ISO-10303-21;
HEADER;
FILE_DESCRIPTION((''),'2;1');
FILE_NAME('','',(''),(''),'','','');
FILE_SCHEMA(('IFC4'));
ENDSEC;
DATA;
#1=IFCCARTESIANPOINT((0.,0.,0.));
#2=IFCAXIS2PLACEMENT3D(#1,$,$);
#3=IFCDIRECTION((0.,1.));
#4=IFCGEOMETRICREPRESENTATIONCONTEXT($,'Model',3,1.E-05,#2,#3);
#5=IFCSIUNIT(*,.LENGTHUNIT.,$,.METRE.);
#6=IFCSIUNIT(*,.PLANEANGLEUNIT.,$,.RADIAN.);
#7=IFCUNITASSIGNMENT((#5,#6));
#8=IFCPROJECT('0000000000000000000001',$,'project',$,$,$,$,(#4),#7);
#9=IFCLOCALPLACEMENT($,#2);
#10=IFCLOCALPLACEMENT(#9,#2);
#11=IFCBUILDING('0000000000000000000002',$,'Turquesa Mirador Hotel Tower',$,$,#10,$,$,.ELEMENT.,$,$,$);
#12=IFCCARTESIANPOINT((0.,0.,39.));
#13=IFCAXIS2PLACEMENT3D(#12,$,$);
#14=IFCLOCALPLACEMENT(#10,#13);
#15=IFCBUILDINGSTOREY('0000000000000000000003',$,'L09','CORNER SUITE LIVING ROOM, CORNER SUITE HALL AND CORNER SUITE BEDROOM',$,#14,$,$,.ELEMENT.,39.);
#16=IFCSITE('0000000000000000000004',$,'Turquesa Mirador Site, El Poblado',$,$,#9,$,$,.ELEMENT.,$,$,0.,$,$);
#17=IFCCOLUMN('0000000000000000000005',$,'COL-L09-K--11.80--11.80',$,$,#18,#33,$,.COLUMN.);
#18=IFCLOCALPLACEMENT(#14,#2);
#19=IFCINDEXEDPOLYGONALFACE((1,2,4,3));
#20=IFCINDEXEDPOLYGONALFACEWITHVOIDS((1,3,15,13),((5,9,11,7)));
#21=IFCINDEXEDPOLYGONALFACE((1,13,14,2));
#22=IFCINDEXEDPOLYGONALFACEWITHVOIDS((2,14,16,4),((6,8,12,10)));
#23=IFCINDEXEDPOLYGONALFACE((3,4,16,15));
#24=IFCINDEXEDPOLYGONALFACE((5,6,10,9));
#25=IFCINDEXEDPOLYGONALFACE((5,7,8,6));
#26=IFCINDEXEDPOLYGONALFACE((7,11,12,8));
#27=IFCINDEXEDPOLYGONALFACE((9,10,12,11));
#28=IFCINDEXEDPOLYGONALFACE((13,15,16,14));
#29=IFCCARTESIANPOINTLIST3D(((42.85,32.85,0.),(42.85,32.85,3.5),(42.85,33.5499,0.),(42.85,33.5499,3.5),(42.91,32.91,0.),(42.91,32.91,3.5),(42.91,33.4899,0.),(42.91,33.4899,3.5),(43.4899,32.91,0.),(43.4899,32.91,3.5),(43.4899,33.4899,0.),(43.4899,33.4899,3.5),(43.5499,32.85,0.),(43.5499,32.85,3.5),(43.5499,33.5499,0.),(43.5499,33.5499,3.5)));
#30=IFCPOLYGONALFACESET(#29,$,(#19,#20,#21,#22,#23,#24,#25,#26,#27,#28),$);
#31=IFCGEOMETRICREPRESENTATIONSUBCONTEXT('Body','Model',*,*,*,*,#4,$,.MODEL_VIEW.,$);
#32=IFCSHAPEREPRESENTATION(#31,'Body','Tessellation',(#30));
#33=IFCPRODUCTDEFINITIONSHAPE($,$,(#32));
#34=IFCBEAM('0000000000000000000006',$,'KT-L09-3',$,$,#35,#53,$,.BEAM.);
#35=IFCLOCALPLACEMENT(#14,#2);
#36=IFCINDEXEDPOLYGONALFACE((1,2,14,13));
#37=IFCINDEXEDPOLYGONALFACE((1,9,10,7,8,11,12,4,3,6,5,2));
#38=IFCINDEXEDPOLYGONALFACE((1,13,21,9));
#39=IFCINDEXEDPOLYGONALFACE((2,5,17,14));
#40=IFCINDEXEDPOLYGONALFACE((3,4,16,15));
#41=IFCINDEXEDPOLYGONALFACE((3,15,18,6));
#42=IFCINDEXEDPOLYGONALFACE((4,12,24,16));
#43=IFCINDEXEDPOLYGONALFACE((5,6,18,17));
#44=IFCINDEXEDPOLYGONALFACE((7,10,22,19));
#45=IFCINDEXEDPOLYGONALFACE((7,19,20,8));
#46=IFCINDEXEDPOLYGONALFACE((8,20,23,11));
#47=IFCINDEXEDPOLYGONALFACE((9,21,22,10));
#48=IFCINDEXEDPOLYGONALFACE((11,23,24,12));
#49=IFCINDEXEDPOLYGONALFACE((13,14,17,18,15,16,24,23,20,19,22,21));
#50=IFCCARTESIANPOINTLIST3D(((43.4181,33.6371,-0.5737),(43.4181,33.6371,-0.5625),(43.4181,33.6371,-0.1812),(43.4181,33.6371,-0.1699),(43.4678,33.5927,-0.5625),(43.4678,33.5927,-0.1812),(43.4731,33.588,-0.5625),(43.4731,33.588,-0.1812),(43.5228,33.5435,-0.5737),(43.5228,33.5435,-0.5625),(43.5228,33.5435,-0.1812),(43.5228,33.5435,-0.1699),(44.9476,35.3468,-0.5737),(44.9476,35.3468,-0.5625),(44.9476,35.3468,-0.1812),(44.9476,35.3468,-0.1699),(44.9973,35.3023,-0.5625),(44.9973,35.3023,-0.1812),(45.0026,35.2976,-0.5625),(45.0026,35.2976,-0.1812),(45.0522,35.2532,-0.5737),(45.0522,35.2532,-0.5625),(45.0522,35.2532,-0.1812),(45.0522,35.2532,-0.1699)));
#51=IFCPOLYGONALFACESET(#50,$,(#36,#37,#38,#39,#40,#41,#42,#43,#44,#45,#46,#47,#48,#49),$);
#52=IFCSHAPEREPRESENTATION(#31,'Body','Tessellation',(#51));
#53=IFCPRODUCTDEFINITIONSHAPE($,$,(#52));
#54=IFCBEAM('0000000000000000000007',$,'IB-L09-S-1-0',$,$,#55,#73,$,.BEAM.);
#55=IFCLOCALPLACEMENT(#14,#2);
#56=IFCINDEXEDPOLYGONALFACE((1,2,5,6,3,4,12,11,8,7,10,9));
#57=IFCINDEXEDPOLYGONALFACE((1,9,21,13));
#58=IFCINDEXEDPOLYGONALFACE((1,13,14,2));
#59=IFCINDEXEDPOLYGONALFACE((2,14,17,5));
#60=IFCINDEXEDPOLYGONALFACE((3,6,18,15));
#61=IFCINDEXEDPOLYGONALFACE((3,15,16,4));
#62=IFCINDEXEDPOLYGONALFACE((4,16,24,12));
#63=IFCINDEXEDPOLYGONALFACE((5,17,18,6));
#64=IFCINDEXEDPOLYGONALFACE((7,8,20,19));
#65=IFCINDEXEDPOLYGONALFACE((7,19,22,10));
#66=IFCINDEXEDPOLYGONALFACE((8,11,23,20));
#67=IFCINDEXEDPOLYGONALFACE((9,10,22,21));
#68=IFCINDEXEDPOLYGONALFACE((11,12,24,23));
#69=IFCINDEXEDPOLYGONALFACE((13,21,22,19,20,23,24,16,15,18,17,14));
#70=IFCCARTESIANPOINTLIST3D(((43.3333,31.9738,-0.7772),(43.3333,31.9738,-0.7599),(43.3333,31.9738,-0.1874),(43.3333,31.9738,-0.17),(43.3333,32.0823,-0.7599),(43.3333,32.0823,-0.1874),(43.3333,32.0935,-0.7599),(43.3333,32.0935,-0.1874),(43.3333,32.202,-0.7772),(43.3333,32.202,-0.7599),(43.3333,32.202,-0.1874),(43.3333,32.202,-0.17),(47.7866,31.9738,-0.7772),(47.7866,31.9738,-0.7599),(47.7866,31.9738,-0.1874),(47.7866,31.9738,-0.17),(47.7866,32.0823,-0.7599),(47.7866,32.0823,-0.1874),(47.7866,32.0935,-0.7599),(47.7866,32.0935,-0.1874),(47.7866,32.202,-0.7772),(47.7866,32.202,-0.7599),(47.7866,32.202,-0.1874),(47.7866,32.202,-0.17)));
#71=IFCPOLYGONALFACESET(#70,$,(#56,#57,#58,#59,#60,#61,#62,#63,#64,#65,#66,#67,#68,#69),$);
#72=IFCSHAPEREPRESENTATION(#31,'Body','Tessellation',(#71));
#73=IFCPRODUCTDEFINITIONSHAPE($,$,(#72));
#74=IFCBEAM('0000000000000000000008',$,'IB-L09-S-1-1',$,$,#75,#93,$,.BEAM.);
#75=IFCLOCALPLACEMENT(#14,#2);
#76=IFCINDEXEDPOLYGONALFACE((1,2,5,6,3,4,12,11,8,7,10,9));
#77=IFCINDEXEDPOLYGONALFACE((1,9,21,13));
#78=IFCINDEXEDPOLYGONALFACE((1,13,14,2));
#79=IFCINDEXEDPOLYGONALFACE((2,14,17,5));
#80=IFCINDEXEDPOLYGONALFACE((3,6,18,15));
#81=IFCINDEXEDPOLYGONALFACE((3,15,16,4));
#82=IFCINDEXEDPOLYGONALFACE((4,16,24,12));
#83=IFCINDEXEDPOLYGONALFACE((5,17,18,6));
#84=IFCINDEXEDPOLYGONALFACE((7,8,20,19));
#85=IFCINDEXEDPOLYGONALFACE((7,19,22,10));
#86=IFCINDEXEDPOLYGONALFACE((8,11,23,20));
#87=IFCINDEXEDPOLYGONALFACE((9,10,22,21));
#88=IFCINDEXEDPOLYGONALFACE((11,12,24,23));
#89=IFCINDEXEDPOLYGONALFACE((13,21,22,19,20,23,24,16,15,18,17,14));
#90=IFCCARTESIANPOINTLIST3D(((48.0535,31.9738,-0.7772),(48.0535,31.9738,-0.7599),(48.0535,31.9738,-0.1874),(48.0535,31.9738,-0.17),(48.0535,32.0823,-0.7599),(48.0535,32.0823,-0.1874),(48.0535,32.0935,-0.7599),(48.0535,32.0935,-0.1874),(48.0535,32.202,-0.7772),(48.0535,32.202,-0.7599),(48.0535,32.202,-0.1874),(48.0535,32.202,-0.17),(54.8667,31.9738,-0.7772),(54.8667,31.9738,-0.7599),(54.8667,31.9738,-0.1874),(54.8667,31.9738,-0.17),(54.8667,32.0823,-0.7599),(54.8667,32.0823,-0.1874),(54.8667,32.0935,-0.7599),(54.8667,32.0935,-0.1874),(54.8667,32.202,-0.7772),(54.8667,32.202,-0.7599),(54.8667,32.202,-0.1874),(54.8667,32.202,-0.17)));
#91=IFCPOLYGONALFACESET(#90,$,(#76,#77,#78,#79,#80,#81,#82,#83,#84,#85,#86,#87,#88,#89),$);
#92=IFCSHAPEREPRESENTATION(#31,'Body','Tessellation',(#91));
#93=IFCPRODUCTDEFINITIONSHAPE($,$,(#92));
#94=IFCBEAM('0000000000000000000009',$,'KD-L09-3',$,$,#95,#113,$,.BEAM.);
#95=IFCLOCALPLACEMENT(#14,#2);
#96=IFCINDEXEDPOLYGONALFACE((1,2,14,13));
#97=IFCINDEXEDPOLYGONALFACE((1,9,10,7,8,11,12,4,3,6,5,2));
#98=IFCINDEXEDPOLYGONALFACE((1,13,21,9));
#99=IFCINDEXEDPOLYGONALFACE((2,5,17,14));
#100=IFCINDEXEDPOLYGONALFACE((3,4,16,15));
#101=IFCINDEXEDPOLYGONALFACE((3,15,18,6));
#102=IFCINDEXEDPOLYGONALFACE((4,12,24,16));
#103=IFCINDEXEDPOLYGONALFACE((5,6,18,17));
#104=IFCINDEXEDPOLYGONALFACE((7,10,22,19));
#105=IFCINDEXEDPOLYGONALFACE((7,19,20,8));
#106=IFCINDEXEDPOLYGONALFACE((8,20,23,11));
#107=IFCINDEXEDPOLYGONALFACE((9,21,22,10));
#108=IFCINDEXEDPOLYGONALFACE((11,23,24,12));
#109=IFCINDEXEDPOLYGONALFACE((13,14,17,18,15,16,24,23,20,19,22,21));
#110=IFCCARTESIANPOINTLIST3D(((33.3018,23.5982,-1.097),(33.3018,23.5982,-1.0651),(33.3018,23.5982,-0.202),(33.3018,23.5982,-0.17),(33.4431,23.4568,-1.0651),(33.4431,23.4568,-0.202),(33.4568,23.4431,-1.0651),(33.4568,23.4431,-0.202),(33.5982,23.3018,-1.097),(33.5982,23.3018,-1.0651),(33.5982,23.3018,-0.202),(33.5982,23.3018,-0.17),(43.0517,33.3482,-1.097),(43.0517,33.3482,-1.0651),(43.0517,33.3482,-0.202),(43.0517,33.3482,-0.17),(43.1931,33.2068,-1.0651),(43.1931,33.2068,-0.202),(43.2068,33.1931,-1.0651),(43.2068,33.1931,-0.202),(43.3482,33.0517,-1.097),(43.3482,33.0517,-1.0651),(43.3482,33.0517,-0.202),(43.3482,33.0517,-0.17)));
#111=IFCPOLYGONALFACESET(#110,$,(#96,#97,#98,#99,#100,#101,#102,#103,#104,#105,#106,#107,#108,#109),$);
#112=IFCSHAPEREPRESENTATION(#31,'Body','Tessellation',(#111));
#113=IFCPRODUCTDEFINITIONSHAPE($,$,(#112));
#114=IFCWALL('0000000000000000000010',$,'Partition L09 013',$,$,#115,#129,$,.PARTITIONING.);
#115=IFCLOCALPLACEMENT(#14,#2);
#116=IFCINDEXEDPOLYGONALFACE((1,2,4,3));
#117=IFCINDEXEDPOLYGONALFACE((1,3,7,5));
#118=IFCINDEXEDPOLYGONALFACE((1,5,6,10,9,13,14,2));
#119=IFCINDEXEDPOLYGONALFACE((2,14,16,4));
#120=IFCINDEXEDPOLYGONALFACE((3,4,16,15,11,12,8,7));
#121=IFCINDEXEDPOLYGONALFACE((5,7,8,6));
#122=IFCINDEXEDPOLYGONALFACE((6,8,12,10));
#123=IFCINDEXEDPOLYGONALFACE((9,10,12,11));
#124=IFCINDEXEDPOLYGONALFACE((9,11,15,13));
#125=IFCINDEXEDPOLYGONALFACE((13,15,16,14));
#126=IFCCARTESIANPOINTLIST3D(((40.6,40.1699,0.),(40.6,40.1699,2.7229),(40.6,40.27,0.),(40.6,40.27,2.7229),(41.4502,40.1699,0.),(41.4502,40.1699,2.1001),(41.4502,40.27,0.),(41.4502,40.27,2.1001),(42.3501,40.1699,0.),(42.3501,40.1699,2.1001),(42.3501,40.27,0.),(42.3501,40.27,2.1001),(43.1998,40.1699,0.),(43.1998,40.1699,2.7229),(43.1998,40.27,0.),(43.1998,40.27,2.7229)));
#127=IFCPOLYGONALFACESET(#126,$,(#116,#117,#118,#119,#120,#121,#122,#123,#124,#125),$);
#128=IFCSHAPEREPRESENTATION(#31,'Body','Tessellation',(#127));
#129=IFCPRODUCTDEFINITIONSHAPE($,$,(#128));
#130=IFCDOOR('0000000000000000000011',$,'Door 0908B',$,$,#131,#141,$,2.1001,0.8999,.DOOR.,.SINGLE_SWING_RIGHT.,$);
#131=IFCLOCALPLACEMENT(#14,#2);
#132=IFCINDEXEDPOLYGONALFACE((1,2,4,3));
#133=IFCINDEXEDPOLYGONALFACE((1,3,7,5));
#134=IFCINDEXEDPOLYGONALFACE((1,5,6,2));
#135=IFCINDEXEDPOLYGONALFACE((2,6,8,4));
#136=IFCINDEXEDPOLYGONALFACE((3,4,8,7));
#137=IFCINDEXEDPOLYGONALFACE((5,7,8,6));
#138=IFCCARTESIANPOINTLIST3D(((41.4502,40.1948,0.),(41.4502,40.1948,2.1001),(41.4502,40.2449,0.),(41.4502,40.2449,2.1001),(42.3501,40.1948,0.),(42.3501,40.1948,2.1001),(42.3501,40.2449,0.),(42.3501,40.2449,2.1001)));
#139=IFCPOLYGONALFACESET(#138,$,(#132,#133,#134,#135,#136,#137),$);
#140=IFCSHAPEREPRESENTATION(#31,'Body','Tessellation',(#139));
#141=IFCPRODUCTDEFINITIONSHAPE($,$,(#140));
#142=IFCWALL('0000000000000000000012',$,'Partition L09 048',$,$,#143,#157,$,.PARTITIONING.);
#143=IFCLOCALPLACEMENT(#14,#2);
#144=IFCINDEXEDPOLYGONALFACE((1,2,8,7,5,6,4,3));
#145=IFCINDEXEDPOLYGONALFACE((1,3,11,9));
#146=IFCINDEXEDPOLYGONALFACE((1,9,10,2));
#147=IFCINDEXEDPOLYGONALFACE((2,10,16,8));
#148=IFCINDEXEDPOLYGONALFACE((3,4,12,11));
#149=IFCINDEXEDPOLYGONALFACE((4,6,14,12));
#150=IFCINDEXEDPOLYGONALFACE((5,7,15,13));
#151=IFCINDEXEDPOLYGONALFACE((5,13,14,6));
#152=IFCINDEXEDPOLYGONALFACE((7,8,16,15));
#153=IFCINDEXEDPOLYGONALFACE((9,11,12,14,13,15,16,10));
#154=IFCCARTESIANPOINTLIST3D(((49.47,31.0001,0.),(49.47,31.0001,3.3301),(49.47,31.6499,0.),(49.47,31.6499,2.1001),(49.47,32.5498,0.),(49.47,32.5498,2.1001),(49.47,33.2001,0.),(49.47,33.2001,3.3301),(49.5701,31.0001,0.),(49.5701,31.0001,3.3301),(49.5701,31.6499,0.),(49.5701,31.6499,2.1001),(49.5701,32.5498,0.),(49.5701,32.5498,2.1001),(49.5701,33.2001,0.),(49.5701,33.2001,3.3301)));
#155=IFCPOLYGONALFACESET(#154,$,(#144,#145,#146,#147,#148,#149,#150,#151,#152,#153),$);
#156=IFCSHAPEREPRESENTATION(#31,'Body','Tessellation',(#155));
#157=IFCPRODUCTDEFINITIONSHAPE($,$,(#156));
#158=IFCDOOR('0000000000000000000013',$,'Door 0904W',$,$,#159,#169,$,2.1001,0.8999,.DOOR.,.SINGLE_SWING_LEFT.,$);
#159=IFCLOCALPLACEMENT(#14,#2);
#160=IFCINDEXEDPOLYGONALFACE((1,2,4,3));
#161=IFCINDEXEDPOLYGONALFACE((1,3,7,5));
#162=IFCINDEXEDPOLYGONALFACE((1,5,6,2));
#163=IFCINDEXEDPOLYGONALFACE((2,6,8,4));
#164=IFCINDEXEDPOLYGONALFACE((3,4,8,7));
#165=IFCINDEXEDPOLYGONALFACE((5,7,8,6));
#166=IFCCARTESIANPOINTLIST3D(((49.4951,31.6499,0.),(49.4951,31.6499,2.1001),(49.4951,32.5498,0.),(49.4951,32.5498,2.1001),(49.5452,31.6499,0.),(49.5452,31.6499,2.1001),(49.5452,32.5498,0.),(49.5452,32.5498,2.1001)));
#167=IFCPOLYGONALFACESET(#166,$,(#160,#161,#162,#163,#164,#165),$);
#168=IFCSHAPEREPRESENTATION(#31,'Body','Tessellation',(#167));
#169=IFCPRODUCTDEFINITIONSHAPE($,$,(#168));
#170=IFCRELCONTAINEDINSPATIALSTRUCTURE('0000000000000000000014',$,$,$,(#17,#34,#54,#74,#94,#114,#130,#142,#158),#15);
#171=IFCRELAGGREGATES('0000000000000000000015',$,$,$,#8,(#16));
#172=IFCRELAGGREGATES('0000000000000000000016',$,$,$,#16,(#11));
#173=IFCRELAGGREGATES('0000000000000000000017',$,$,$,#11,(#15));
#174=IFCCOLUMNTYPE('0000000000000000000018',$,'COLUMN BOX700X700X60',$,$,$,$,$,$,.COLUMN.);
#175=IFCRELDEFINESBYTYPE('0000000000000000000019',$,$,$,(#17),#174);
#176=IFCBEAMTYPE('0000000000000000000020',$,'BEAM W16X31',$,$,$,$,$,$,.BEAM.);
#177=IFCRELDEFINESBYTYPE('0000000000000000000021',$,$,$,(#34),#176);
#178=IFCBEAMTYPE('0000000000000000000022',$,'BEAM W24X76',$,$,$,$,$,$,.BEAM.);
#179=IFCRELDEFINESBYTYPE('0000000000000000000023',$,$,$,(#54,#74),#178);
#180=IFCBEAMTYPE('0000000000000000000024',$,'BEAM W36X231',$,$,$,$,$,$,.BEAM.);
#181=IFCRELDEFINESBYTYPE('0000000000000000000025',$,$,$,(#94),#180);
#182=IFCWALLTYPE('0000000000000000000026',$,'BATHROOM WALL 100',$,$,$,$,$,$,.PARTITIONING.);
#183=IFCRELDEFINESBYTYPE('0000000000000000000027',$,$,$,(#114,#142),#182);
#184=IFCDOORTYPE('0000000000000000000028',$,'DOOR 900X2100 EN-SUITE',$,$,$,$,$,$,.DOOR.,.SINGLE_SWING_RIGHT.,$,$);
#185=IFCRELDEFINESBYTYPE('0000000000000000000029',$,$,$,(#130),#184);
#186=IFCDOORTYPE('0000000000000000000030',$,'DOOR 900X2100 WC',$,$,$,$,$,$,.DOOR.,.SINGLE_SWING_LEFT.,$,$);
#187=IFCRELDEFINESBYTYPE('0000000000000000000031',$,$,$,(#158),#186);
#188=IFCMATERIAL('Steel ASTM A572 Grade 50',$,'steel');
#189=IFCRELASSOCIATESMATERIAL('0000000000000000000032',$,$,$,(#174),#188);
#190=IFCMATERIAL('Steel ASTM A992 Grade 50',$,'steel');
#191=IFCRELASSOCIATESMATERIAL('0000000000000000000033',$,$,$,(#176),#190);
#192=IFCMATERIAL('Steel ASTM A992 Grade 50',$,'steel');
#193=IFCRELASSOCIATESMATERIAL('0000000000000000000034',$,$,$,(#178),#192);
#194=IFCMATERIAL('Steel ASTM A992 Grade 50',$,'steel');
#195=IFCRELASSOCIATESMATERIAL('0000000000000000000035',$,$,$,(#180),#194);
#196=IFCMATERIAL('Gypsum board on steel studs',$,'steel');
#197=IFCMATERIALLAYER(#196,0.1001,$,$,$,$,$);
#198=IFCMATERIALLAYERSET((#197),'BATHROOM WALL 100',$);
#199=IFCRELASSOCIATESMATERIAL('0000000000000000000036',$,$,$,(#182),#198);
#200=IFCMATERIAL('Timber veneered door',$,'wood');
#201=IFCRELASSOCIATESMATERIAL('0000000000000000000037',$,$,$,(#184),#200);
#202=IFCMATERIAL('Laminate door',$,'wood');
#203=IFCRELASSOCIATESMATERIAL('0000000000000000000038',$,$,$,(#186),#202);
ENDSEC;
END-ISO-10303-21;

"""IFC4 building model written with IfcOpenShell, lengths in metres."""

from ifc_helpers import new_model, si_unit, direction, frame, frame_2d, origin, origin_2d, place, context, subcontext, project, spatial, rectangle, hollow_rectangle, i_section, extrude, material, layer, layer_set, material_profile, profile_set, type_object, element, fill, save


model = new_model("IFC4")

# Units and contexts
model_context = context("Model", 3, precision=1e-05, world=origin(), true_north=direction((0.0, 1.0)))
body_context = subcontext(model_context, "Body", "Model", "MODEL_VIEW")
ifc_project = project(units=[si_unit("LENGTHUNIT", "METRE"), si_unit("PLANEANGLEUNIT", "RADIAN")], contexts=[model_context])

# Site, building, storey
site_placement = place(None, origin())
site = spatial("IfcSite", under=ifc_project, at=site_placement, Name="Turquesa Mirador Site, El Poblado", CompositionType="ELEMENT", RefElevation=0.0)
building_placement = place(site_placement, origin())
building = spatial("IfcBuilding", under=site, at=building_placement, Name="Turquesa Mirador Hotel Tower", CompositionType="ELEMENT")
storey_placement = place(building_placement, frame((0.0, 0.0, 39.0)))
storey = spatial("IfcBuildingStorey", under=building, at=storey_placement, Name="L09", Description="CORNER SUITE LIVING ROOM, CORNER SUITE HALL AND CORNER SUITE BEDROOM", CompositionType="ELEMENT", Elevation=39.0)

# Column
ifc_material_1 = material(Name="Steel ASTM A572 Grade 50", Category="steel")
ifc_material_profile_1 = material_profile(ifc_material_1, hollow_rectangle(XDim=0.7, YDim=0.7, WallThickness=0.0601, at=origin_2d()), Name="BOX700X700X60")
ifc_profile_set_1 = profile_set([ifc_material_profile_1], Name="Steel ASTM A572 Grade 50")
column_type = type_object("IfcColumnType", Name="COLUMN BOX700X700X60", PredefinedType="COLUMN", material=ifc_profile_set_1)
column_placement = place(storey_placement, frame((43.2, 33.2, 0.0), z_axis=(0.0, 0.0, 1.0), x_axis=(1.0, 0.0, 0.0)))
element("IfcColumn", 1, at=column_placement, inside=storey, type_object=column_type, Name="COL-L09-K--11.80--11.80", PredefinedType="COLUMN", context=body_context, shape_type="SweptSolid", body=[
    extrude(hollow_rectangle(XDim=0.7, YDim=0.7, WallThickness=0.0601, at=origin_2d()), origin(), (0.0, 0.0, 1.0), 3.5),
])

# Beams
ifc_material_2 = material(Name="Steel ASTM A992 Grade 50", Category="steel")
ifc_material_profile_2 = material_profile(ifc_material_2, i_section(OverallWidth=0.1404, OverallDepth=0.4038, WebThickness=0.0071, FlangeThickness=0.0112, at=origin_2d()), Name="W16X31")
ifc_profile_set_2 = profile_set([ifc_material_profile_2], Name="Steel ASTM A992 Grade 50")
beam_type_1 = type_object("IfcBeamType", Name="BEAM W16X31", PredefinedType="BEAM", material=ifc_profile_set_2)
beam_1_placement = place(storey_placement, frame((43.4705, 33.5903, -0.3718), z_axis=(0.666745, 0.745286, 0.0), x_axis=(-0.745286, 0.666745, 0.0)))
element("IfcBeam", 2, at=beam_1_placement, inside=storey, type_object=beam_type_1, Name="KT-L09-3", PredefinedType="BEAM", context=body_context, shape_type="SweptSolid", body=[
    extrude(i_section(OverallWidth=0.1404, OverallDepth=0.4038, WebThickness=0.0071, FlangeThickness=0.0112, at=origin_2d()), origin(), (0.0, 0.0, 1.0), 2.2939),
])
ifc_material_3 = material(Name="Steel ASTM A992 Grade 50", Category="steel")
ifc_material_profile_3 = material_profile(ifc_material_3, i_section(OverallWidth=0.2283, OverallDepth=0.6072, WebThickness=0.0112, FlangeThickness=0.0173, at=origin_2d()), Name="W24X76")
ifc_profile_set_3 = profile_set([ifc_material_profile_3], Name="Steel ASTM A992 Grade 50")
beam_type_2 = type_object("IfcBeamType", Name="BEAM W24X76", PredefinedType="BEAM", material=ifc_profile_set_3)
beam_2_placement = place(storey_placement, frame((43.3333, 32.0879, -0.4736), z_axis=(1.0, 0.0, 0.0), x_axis=(0.0, 1.0, 0.0)))
element("IfcBeam", 3, at=beam_2_placement, inside=storey, type_object=beam_type_2, Name="IB-L09-S-1-0", PredefinedType="BEAM", context=body_context, shape_type="SweptSolid", body=[
    extrude(i_section(OverallWidth=0.2283, OverallDepth=0.6072, WebThickness=0.0112, FlangeThickness=0.0173, at=origin_2d()), origin(), (0.0, 0.0, 1.0), 4.4534),
])
beam_3_placement = place(storey_placement, frame((48.0535, 32.0879, -0.4736), z_axis=(1.0, 0.0, 0.0), x_axis=(0.0, 1.0, 0.0)))
element("IfcBeam", 4, at=beam_3_placement, inside=storey, type_object=beam_type_2, Name="IB-L09-S-1-1", PredefinedType="BEAM", context=body_context, shape_type="SweptSolid", body=[
    extrude(i_section(OverallWidth=0.2283, OverallDepth=0.6072, WebThickness=0.0112, FlangeThickness=0.0173, at=origin_2d()), origin(), (0.0, 0.0, 1.0), 6.8132),
])
ifc_material_4 = material(Name="Steel ASTM A992 Grade 50", Category="steel")
ifc_material_profile_4 = material_profile(ifc_material_4, i_section(OverallWidth=0.4192, OverallDepth=0.927, WebThickness=0.0193, FlangeThickness=0.032, at=origin_2d()), Name="W36X231")
ifc_profile_set_4 = profile_set([ifc_material_profile_4], Name="Steel ASTM A992 Grade 50")
beam_type_3 = type_object("IfcBeamType", Name="BEAM W36X231", PredefinedType="BEAM", material=ifc_profile_set_4)
beam_4_placement = place(storey_placement, frame((43.2, 33.2, -0.6335), z_axis=(-0.707107, -0.707107, 0.0), x_axis=(0.707107, -0.707107, 0.0)))
element("IfcBeam", 5, at=beam_4_placement, inside=storey, type_object=beam_type_3, Name="KD-L09-3", PredefinedType="BEAM", context=body_context, shape_type="SweptSolid", body=[
    extrude(i_section(OverallWidth=0.4192, OverallDepth=0.927, WebThickness=0.0193, FlangeThickness=0.032, at=origin_2d()), origin(), (0.0, 0.0, 1.0), 13.7886),
])

# Walls, openings, doors
ifc_material_5 = material(Name="Gypsum board on steel studs", Category="steel")
ifc_layer_1 = layer(ifc_material_5, 0.1001)
ifc_layer_set_1 = layer_set([ifc_layer_1], Name="BATHROOM WALL 100")
wall_type_1 = type_object("IfcWallType", Name="BATHROOM WALL 100", PredefinedType="PARTITIONING", material=ifc_layer_set_1)
wall_1_placement = place(storey_placement, frame((40.6001, 40.22, 0.0), z_axis=(0.0, 0.0, 1.0), x_axis=(1.0, 0.0, 0.0)))
wall_1 = element("IfcWall", 6, at=wall_1_placement, inside=storey, type_object=wall_type_1, Name="Partition L09 013", PredefinedType="PARTITIONING", context=body_context, shape_type="SweptSolid", body=[
    extrude(rectangle(XDim=2.5999, YDim=0.1001, at=frame_2d((1.2998, 0.0))), origin(), (0.0, 0.0, 1.0), 2.7229),
])
opening_1_placement = place(wall_1_placement, frame((0.8501, 0.0, 0.0)))
opening_1 = element("IfcOpeningElement", 7, at=opening_1_placement, cuts=wall_1, PredefinedType="OPENING", context=body_context, shape_type="SweptSolid", body=[
    extrude(rectangle(XDim=0.8999, YDim=2.1001, at=frame_2d((0.45, 1.05))), frame((0.0, 0.0601, 0.0), z_axis=(0.0, -1.0, 0.0), x_axis=(1.0, 0.0, 0.0)), (0.0, 0.0, 1.0), 0.1201),
])
ifc_material_6 = material(Name="Timber veneered door", Category="wood")
door_type_1 = type_object("IfcDoorType", Name="DOOR 900X2100 EN-SUITE", OperationType="SINGLE_SWING_RIGHT", PredefinedType="DOOR", material=ifc_material_6)
door_1_placement = place(opening_1_placement, origin())
door_1 = element("IfcDoor", 8, at=door_1_placement, inside=storey, type_object=door_type_1, Name="Door 0908B", OperationType="SINGLE_SWING_RIGHT", OverallHeight=2.1001, OverallWidth=0.8999, PredefinedType="DOOR", context=body_context, shape_type="SweptSolid", body=[
    extrude(rectangle(XDim=0.8999, YDim=2.1001, at=frame_2d((0.45, 1.05))), frame((0.0, 0.0249, 0.0), z_axis=(0.0, -1.0, 0.0), x_axis=(1.0, 0.0, 0.0)), (0.0, 0.0, 1.0), 0.05),
])
fill(opening_1, door_1)
wall_2_placement = place(storey_placement, frame((49.52, 31.0, 0.0), z_axis=(0.0, 0.0, 1.0), x_axis=(0.0, 1.0, 0.0)))
wall_2 = element("IfcWall", 9, at=wall_2_placement, inside=storey, type_object=wall_type_1, Name="Partition L09 048", PredefinedType="PARTITIONING", context=body_context, shape_type="SweptSolid", body=[
    extrude(rectangle(XDim=2.2, YDim=0.1001, at=frame_2d((1.1001, 0.0))), origin(), (0.0, 0.0, 1.0), 3.3301),
])
opening_2_placement = place(wall_2_placement, frame((0.6499, 0.0, 0.0)))
opening_2 = element("IfcOpeningElement", 10, at=opening_2_placement, cuts=wall_2, PredefinedType="OPENING", context=body_context, shape_type="SweptSolid", body=[
    extrude(rectangle(XDim=0.8999, YDim=2.1001, at=frame_2d((0.45, 1.05))), frame((0.0, 0.0601, 0.0), z_axis=(0.0, -1.0, 0.0), x_axis=(1.0, 0.0, 0.0)), (0.0, 0.0, 1.0), 0.1201),
])
ifc_material_7 = material(Name="Laminate door", Category="wood")
door_type_2 = type_object("IfcDoorType", Name="DOOR 900X2100 WC", OperationType="SINGLE_SWING_LEFT", PredefinedType="DOOR", material=ifc_material_7)
door_2_placement = place(opening_2_placement, origin())
door_2 = element("IfcDoor", 11, at=door_2_placement, inside=storey, type_object=door_type_2, Name="Door 0904W", OperationType="SINGLE_SWING_LEFT", OverallHeight=2.1001, OverallWidth=0.8999, PredefinedType="DOOR", context=body_context, shape_type="SweptSolid", body=[
    extrude(rectangle(XDim=0.8999, YDim=2.1001, at=frame_2d((0.45, 1.05))), frame((0.0, 0.0249, 0.0), z_axis=(0.0, -1.0, 0.0), x_axis=(1.0, 0.0, 0.0)), (0.0, 0.0, 1.0), 0.05),
])
fill(opening_2, door_2)

save(model, "model.ifc")
